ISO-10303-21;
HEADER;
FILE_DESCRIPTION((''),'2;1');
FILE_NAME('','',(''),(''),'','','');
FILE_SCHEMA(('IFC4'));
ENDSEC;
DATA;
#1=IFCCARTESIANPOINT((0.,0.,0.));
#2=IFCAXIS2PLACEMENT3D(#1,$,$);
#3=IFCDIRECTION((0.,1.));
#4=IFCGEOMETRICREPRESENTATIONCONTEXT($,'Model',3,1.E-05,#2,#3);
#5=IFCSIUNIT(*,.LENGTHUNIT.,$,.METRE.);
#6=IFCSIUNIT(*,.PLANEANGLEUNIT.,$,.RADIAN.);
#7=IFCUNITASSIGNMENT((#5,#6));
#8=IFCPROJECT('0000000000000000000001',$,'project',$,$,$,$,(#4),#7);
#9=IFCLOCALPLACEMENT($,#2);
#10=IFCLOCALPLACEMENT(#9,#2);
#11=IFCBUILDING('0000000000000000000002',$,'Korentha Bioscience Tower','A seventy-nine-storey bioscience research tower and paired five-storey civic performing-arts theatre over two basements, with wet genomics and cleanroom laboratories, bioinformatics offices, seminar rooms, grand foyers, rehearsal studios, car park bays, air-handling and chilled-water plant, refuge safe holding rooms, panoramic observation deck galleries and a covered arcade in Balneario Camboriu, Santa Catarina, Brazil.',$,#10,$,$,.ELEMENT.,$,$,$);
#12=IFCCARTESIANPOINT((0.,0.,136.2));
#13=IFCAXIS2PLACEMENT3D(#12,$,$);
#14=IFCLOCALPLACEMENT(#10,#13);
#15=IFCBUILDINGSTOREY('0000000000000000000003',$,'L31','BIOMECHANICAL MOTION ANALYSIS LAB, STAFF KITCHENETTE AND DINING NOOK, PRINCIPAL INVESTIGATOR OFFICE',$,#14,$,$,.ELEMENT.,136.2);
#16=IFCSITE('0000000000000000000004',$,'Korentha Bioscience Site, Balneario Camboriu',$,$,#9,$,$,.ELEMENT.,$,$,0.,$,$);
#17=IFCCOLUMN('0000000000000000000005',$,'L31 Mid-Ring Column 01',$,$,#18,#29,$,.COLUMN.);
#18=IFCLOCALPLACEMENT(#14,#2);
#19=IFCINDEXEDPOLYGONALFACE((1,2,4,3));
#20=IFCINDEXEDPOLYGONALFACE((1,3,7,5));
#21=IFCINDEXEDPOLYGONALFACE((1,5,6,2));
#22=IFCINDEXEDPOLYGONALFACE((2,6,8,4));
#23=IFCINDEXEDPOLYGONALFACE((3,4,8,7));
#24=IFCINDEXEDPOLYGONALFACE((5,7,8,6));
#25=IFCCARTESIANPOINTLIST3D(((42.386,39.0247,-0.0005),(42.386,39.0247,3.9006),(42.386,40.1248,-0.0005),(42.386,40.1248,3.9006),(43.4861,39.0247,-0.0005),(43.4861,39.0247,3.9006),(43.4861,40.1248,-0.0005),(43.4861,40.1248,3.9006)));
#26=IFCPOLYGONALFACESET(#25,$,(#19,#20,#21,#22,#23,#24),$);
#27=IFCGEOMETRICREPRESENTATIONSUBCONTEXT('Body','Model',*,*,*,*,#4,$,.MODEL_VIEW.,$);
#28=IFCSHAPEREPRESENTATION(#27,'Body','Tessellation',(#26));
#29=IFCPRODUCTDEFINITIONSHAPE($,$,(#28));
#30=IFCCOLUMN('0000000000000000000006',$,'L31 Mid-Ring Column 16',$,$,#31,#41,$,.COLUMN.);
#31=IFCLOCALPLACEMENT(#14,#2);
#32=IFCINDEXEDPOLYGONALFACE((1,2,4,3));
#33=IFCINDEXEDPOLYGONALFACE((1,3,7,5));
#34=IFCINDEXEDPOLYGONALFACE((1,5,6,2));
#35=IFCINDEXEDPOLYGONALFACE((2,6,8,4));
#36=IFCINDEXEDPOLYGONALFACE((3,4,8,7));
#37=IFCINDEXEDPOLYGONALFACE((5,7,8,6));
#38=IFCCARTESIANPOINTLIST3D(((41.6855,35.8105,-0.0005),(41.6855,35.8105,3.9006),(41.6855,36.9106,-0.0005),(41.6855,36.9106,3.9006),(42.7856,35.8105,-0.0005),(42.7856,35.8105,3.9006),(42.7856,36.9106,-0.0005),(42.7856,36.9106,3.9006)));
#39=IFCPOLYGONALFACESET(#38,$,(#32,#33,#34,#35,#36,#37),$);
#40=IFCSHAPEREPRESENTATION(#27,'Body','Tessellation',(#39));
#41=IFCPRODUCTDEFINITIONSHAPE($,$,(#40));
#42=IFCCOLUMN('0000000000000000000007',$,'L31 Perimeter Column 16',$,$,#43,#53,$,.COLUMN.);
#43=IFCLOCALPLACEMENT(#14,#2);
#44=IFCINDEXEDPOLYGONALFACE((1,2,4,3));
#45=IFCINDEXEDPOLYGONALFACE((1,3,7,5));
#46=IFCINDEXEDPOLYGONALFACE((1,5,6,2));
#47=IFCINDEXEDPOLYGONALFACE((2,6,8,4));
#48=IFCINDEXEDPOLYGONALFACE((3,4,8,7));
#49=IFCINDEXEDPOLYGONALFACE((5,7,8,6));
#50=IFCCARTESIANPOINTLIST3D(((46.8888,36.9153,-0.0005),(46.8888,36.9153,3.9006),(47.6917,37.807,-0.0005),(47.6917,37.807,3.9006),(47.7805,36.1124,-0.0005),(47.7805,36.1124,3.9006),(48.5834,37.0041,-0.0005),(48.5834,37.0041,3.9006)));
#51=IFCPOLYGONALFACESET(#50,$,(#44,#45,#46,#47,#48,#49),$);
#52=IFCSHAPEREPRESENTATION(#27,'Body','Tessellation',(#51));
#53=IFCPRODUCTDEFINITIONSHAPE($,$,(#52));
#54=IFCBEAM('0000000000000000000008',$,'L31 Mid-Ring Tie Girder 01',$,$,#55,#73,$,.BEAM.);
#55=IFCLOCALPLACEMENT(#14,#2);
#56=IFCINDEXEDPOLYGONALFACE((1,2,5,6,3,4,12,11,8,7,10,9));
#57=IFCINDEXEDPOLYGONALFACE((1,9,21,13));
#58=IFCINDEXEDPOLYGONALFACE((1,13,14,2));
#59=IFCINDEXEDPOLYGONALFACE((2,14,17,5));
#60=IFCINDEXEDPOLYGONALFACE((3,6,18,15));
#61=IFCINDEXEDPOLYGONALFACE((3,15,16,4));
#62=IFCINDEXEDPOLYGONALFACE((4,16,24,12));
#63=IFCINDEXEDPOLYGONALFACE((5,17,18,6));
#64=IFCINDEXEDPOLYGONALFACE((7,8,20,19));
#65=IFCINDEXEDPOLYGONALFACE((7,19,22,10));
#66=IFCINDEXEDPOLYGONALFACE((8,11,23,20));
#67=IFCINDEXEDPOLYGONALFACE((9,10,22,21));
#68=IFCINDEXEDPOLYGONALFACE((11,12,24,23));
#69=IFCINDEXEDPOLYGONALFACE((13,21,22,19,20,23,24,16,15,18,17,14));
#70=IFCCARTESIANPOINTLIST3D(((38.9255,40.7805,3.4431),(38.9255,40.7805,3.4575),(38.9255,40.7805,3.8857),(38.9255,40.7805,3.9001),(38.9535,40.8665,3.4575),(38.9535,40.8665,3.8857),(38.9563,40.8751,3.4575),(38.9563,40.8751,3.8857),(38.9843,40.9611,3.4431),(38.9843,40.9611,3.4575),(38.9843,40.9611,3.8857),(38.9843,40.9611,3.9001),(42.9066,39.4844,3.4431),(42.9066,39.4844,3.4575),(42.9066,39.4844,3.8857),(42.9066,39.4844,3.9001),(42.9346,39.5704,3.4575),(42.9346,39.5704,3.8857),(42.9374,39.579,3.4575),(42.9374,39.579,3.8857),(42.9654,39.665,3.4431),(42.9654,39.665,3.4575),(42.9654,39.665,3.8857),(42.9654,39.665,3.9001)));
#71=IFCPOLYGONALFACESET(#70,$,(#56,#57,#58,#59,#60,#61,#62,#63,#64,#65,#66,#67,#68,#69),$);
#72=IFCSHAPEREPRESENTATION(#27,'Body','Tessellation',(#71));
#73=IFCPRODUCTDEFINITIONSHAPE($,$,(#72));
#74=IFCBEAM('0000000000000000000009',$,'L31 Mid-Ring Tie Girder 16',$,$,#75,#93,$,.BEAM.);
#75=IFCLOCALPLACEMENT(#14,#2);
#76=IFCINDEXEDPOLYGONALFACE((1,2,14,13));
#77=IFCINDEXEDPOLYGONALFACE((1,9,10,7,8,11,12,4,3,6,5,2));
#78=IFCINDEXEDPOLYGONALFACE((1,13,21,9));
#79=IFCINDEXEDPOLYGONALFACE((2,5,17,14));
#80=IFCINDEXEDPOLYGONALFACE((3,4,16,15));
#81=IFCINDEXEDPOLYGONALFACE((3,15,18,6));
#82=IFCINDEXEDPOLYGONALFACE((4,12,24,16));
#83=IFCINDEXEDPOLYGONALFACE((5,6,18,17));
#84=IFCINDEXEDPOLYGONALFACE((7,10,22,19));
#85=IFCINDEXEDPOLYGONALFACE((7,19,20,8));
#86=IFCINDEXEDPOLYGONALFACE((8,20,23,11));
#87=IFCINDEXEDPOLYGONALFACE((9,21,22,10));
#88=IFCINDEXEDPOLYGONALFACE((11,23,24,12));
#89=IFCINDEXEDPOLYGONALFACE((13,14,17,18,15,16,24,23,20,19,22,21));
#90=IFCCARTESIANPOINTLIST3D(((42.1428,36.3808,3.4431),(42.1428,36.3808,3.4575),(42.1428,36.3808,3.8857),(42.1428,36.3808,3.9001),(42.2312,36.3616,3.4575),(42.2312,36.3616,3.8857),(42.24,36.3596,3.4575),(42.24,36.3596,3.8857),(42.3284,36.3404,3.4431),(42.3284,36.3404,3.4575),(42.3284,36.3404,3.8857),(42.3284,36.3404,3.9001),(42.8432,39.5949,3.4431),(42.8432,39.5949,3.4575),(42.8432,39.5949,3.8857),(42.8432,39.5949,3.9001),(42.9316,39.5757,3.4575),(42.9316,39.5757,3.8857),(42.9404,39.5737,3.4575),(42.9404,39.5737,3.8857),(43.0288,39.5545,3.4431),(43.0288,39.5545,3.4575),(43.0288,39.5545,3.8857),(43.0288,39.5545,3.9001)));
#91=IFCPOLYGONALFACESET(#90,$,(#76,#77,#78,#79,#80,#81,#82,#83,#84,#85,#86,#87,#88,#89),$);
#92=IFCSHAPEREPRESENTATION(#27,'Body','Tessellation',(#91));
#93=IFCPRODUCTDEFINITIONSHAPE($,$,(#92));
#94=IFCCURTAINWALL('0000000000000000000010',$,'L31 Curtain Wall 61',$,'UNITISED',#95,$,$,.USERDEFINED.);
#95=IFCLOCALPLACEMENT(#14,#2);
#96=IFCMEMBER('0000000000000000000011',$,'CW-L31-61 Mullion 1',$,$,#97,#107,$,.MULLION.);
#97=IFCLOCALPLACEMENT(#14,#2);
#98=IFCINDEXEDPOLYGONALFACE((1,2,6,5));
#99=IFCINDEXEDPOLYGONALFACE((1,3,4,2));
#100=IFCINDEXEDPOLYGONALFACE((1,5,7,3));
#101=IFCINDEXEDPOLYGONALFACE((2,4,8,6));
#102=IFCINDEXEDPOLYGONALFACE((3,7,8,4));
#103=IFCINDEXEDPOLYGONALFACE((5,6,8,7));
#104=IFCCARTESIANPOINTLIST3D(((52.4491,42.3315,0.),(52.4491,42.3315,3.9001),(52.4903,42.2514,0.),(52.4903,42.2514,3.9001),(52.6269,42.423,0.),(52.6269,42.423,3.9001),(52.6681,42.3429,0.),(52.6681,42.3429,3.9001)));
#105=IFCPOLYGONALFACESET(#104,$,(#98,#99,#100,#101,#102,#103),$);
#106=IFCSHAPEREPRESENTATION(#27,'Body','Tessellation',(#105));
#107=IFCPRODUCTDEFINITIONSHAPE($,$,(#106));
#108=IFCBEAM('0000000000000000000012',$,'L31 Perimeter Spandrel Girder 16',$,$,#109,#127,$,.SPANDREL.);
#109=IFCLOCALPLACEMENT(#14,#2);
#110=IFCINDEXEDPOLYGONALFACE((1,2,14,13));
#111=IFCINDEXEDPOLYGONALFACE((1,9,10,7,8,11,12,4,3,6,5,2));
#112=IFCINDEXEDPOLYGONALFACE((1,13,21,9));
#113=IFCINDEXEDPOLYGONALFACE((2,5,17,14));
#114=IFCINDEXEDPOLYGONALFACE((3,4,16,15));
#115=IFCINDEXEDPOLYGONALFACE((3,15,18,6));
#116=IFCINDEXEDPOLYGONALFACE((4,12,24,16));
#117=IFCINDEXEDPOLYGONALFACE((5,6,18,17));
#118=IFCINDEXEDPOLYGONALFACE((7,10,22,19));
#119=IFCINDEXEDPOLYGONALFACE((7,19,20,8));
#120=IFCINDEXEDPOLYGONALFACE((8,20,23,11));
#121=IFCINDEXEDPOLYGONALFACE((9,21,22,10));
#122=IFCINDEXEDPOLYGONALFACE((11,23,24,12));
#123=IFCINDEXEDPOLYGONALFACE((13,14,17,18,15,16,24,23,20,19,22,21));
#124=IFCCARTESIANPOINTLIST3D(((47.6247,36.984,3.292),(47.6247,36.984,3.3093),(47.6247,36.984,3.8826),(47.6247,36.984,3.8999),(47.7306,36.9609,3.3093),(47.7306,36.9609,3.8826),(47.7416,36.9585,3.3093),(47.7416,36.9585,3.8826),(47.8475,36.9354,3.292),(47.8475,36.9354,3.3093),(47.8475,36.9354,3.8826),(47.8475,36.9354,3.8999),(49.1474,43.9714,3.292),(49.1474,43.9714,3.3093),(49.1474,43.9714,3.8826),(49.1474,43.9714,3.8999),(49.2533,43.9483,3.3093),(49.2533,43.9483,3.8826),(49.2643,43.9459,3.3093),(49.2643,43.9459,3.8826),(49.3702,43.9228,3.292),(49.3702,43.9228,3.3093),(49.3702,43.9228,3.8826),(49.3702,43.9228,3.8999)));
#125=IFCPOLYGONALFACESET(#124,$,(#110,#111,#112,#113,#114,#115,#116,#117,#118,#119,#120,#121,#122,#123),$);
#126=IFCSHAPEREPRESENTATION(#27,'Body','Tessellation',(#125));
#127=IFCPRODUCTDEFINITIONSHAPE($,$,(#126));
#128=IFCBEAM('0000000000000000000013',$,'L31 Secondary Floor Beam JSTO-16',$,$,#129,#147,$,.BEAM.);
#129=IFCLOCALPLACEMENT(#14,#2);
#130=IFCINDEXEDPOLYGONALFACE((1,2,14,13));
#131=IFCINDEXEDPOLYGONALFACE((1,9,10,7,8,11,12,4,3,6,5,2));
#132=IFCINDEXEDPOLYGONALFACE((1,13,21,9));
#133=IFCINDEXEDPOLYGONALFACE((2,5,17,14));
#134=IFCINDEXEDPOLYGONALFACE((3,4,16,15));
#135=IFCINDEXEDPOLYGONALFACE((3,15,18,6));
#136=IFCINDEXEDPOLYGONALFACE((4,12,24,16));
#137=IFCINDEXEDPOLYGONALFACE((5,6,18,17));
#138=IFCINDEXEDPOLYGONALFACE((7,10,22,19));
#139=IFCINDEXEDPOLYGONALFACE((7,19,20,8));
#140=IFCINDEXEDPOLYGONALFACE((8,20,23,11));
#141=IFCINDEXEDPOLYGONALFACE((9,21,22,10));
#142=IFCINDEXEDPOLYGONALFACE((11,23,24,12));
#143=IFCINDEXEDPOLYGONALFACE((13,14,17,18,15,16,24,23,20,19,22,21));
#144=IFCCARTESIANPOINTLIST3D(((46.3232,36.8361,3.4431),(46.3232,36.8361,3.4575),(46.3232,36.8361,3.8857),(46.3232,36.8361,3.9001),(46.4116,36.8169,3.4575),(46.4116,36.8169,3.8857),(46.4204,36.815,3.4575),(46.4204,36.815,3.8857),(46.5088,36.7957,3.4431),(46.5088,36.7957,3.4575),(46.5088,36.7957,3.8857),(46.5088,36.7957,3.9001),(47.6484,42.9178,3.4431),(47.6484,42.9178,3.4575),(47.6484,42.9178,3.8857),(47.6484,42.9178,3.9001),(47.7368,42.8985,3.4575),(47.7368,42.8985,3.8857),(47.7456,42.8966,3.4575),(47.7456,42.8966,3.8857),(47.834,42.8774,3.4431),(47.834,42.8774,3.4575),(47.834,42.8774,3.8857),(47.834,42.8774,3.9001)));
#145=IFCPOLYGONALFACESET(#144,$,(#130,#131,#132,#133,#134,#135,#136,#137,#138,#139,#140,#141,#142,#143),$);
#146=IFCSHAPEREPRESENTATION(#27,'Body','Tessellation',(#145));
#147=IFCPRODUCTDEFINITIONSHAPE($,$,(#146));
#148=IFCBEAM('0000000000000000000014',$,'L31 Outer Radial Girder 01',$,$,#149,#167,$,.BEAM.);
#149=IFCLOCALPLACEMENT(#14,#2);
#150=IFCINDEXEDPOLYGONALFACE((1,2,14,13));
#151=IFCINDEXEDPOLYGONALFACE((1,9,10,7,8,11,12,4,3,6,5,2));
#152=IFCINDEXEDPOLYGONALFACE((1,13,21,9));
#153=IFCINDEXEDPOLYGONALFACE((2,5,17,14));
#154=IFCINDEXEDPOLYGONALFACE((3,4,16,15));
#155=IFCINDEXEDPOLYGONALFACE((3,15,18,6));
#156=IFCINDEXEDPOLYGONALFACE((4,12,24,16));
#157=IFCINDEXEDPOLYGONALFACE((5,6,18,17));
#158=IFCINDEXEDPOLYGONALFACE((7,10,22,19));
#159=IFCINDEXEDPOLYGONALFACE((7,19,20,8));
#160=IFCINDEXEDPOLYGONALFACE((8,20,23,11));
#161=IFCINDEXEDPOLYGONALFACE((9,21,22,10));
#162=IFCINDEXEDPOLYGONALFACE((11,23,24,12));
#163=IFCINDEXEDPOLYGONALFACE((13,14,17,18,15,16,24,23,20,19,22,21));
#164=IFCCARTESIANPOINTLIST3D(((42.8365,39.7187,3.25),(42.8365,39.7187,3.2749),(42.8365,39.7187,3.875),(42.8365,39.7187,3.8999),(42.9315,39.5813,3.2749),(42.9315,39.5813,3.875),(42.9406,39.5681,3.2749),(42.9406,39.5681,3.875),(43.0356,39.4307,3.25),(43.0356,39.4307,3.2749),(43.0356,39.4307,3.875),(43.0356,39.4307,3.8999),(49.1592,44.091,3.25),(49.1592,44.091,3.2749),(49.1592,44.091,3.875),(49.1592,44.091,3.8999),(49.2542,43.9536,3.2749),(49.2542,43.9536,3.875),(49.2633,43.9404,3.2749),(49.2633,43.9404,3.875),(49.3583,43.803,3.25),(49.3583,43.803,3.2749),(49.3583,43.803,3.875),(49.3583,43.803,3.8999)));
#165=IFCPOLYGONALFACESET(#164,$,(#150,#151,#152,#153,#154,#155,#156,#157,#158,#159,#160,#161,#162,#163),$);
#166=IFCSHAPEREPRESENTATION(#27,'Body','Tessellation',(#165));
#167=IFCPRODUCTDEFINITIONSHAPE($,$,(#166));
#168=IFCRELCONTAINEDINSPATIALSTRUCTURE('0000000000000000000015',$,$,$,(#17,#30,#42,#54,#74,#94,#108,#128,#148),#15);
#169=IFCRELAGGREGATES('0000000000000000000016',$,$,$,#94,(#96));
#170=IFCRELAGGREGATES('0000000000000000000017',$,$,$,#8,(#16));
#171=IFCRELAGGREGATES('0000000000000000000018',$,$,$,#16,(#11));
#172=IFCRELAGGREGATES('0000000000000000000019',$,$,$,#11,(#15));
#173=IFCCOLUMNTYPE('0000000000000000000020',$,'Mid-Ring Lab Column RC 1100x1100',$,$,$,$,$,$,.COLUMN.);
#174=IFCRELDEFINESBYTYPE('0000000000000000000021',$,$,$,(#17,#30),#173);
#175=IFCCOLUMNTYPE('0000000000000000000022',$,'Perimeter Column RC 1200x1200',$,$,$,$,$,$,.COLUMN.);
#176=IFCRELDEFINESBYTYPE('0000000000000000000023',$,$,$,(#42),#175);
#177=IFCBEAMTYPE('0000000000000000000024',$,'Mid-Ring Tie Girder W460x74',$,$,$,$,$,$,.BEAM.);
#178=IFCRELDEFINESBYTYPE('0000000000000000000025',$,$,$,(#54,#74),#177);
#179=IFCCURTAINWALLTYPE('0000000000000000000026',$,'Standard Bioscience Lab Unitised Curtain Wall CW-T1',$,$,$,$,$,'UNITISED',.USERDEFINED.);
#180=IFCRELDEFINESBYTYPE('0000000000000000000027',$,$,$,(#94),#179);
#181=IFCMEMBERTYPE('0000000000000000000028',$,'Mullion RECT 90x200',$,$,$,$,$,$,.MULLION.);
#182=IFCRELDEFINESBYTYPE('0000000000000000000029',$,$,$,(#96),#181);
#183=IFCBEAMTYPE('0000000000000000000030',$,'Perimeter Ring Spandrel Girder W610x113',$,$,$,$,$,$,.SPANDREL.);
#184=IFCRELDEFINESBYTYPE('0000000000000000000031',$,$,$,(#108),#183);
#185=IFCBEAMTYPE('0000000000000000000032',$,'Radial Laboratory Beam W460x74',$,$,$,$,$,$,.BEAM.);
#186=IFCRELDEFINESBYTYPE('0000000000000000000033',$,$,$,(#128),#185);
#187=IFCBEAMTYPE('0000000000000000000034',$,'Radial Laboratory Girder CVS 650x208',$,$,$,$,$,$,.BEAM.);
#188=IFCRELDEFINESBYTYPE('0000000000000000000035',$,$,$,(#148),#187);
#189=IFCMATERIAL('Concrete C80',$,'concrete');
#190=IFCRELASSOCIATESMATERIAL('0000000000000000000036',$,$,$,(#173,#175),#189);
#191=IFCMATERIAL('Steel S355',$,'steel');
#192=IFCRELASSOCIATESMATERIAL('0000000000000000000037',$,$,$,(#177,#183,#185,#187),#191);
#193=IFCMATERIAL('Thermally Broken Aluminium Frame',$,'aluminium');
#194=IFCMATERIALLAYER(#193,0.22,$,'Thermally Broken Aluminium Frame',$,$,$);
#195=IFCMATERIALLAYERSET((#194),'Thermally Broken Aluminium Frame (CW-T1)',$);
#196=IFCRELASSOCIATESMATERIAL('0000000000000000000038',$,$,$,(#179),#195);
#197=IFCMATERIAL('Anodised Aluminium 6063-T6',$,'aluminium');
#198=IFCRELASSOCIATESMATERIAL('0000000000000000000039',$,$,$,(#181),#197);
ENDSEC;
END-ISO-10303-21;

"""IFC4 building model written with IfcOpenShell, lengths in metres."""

from ifc_helpers import new_model, si_unit, direction, frame, origin, origin_2d, place, context, subcontext, project, spatial, rectangle, i_section, extrude, material, layer, layer_set, material_profile, profile_set, type_object, element, aggregate, save


model = new_model("IFC4")

# Units and contexts
model_context = context("Model", 3, precision=1e-05, world=origin(), true_north=direction((0.0, 1.0)))
body_context = subcontext(model_context, "Body", "Model", "MODEL_VIEW")
ifc_project = project(units=[si_unit("LENGTHUNIT", "METRE"), si_unit("PLANEANGLEUNIT", "RADIAN")], contexts=[model_context])

# Site, building, storey
site_placement = place(None, origin())
site = spatial("IfcSite", under=ifc_project, at=site_placement, Name="Korentha Bioscience Site, Balneario Camboriu", CompositionType="ELEMENT", RefElevation=0.0)
building_placement = place(site_placement, origin())
building = spatial("IfcBuilding", under=site, at=building_placement, Name="Korentha Bioscience Tower", Description="A seventy-nine-storey bioscience research tower and paired five-storey civic performing-arts theatre over two basements, with wet genomics and cleanroom laboratories, bioinformatics offices, seminar rooms, grand foyers, rehearsal studios, car park bays, air-handling and chilled-water plant, refuge safe holding rooms, panoramic observation deck galleries and a covered arcade in Balneario Camboriu, Santa Catarina, Brazil.", CompositionType="ELEMENT")
storey_placement = place(building_placement, frame((0.0, 0.0, 136.2)))
storey = spatial("IfcBuildingStorey", under=building, at=storey_placement, Name="L31", Description="BIOMECHANICAL MOTION ANALYSIS LAB, STAFF KITCHENETTE AND DINING NOOK, PRINCIPAL INVESTIGATOR OFFICE", CompositionType="ELEMENT", Elevation=136.2)

# Columns
ifc_material_1 = material(Name="Concrete C80", Category="concrete")
ifc_material_profile_1 = material_profile(ifc_material_1, rectangle(XDim=1.1001, YDim=1.1001, at=origin_2d()), Name="Concrete C80")
ifc_profile_set_1 = profile_set([ifc_material_profile_1], Name="Concrete C80 (COL-MR11)")
column_type_1 = type_object("IfcColumnType", Name="Mid-Ring Lab Column RC 1100x1100", PredefinedType="COLUMN", material=ifc_profile_set_1)
for number, where, z_axis, x_axis, name in (
    (1, (42.936, 39.5747, -0.0005), (0.0, 0.0, 1.0), (1.0, 0.0, 0.0), "L31 Mid-Ring Column 01"),
    (2, (42.2356, 36.3606, -0.0005), (0.0, 0.0, 1.0), (1.0, 0.0, 0.0), "L31 Mid-Ring Column 16"),
):
    element("IfcColumn", number, at=place(storey_placement, frame(where, z_axis=z_axis, x_axis=x_axis)), inside=storey, type_object=column_type_1, Name=name, PredefinedType="COLUMN", context=body_context, shape_type="SweptSolid", body=[
        extrude(rectangle(XDim=1.1001, YDim=1.1001, at=origin_2d()), origin(), (0.0, 0.0, 1.0), 3.9011),
    ])
ifc_material_profile_2 = material_profile(ifc_material_1, rectangle(XDim=1.2, YDim=1.2, at=origin_2d()), Name="Concrete C80")
ifc_profile_set_2 = profile_set([ifc_material_profile_2], Name="Concrete C80 (COL-P12)")
column_type_2 = type_object("IfcColumnType", Name="Perimeter Column RC 1200x1200", PredefinedType="COLUMN", material=ifc_profile_set_2)
column_placement = place(storey_placement, frame((47.7361, 36.9597, -0.0005), z_axis=(0.0, 0.0, 1.0), x_axis=(0.669131, 0.743145, 0.0)))
element("IfcColumn", 3, at=column_placement, inside=storey, type_object=column_type_2, Name="L31 Perimeter Column 16", PredefinedType="COLUMN", context=body_context, shape_type="SweptSolid", body=[
    extrude(rectangle(XDim=1.2, YDim=1.2, at=origin_2d()), origin(), (0.0, 0.0, 1.0), 3.9011),
])

# Beams
ifc_material_2 = material(Name="Steel S355", Category="steel")
ifc_material_profile_3 = material_profile(ifc_material_2, i_section(OverallWidth=0.1899, OverallDepth=0.457, WebThickness=0.009, FlangeThickness=0.0144, at=origin_2d()), Name="Steel S355")
ifc_profile_set_3 = profile_set([ifc_material_profile_3], Name="Steel S355 (MB-460)")
beam_type_1 = type_object("IfcBeamType", Name="Mid-Ring Tie Girder W460x74", PredefinedType="BEAM", material=ifc_profile_set_3)
beam_1_placement = place(storey_placement, frame((42.936, 39.5747, 3.6716), z_axis=(-0.950876, 0.309573, 0.0), x_axis=(-0.309573, -0.950876, 0.0)))
element("IfcBeam", 4, at=beam_1_placement, inside=storey, type_object=beam_type_1, Name="L31 Mid-Ring Tie Girder 01", PredefinedType="BEAM", context=body_context, shape_type="SweptSolid", body=[
    extrude(i_section(OverallWidth=0.1899, OverallDepth=0.457, WebThickness=0.009, FlangeThickness=0.0144, at=origin_2d()), origin(), (0.0, 0.0, 1.0), 4.1868),
])
beam_2_placement = place(storey_placement, frame((42.2356, 36.3606, 3.6716), z_axis=(0.212929, 0.977068, 0.0), x_axis=(-0.977068, 0.212929, 0.0)))
element("IfcBeam", 5, at=beam_2_placement, inside=storey, type_object=beam_type_1, Name="L31 Mid-Ring Tie Girder 16", PredefinedType="BEAM", context=body_context, shape_type="SweptSolid", body=[
    extrude(i_section(OverallWidth=0.1899, OverallDepth=0.457, WebThickness=0.009, FlangeThickness=0.0144, at=origin_2d()), origin(), (0.0, 0.0, 1.0), 3.2896),
])

# Curtain wall, member
ifc_material_3 = material(Name="Thermally Broken Aluminium Frame", Category="aluminium")
ifc_layer_1 = layer(ifc_material_3, 0.22, Name="Thermally Broken Aluminium Frame")
ifc_layer_set_1 = layer_set([ifc_layer_1], Name="Thermally Broken Aluminium Frame (CW-T1)")
curtain_wall_type = type_object("IfcCurtainWallType", Name="Standard Bioscience Lab Unitised Curtain Wall CW-T1", ElementType="UNITISED", PredefinedType="USERDEFINED", material=ifc_layer_set_1)
curtain_wall_placement = place(storey_placement, origin())
curtain_wall = element("IfcCurtainWall", 6, at=curtain_wall_placement, inside=storey, type_object=curtain_wall_type, Name="L31 Curtain Wall 61", ObjectType="UNITISED", PredefinedType="USERDEFINED")
ifc_material_4 = material(Name="Anodised Aluminium 6063-T6", Category="aluminium")
ifc_material_profile_4 = material_profile(ifc_material_4, rectangle(XDim=0.0901, YDim=0.2, at=origin_2d()), Name="Anodised Aluminium 6063-T6")
ifc_profile_set_4 = profile_set([ifc_material_profile_4], Name="Anodised Aluminium 6063-T6 (CW-MUL)")
member_type_1 = type_object("IfcMemberType", Name="Mullion RECT 90x200", PredefinedType="MULLION", material=ifc_profile_set_4)
member_1_placement = place(storey_placement, frame((52.5586, 42.3372, 0.0), z_axis=(0.0, 0.0, 1.0), x_axis=(-0.457613, 0.889151, 0.0)))
member_1 = element("IfcMember", 7, at=member_1_placement, type_object=member_type_1, Name="CW-L31-61 Mullion 1", PredefinedType="MULLION", context=body_context, shape_type="SweptSolid", body=[
    extrude(rectangle(XDim=0.0901, YDim=0.2, at=origin_2d()), origin(), (0.0, 0.0, 1.0), 3.9001),
])

# Beams
ifc_material_profile_5 = material_profile(ifc_material_2, i_section(OverallWidth=0.228, OverallDepth=0.6079, WebThickness=0.0112, FlangeThickness=0.0173, at=origin_2d()), Name="Steel S355")
ifc_profile_set_5 = profile_set([ifc_material_profile_5], Name="Steel S355 (SB-610)")
beam_type_2 = type_object("IfcBeamType", Name="Perimeter Ring Spandrel Girder W610x113", PredefinedType="SPANDREL", material=ifc_profile_set_5)
beam_3_placement = place(storey_placement, frame((47.7361, 36.9597, 3.5959), z_axis=(0.212927, 0.977068, 0.0), x_axis=(-0.977068, 0.212927, 0.0)))
element("IfcBeam", 8, at=beam_3_placement, inside=storey, type_object=beam_type_2, Name="L31 Perimeter Spandrel Girder 16", PredefinedType="SPANDREL", context=body_context, shape_type="SweptSolid", body=[
    extrude(i_section(OverallWidth=0.228, OverallDepth=0.6079, WebThickness=0.0112, FlangeThickness=0.0173, at=origin_2d()), origin(), (0.0, 0.0, 1.0), 7.1514),
])
ifc_material_profile_6 = material_profile(ifc_material_2, i_section(OverallWidth=0.1899, OverallDepth=0.457, WebThickness=0.009, FlangeThickness=0.0144, at=origin_2d()), Name="Steel S355")
ifc_profile_set_6 = profile_set([ifc_material_profile_6], Name="Steel S355 (RB-460)")
beam_type_3 = type_object("IfcBeamType", Name="Radial Laboratory Beam W460x74", PredefinedType="BEAM", material=ifc_profile_set_6)
beam_4_placement = place(storey_placement, frame((46.416, 36.8159, 3.6716), z_axis=(0.212908, 0.977072, 0.0), x_axis=(-0.977072, 0.212908, 0.0)))
element("IfcBeam", 9, at=beam_4_placement, inside=storey, type_object=beam_type_3, Name="L31 Secondary Floor Beam JSTO-16", PredefinedType="BEAM", context=body_context, shape_type="SweptSolid", body=[
    extrude(i_section(OverallWidth=0.1899, OverallDepth=0.457, WebThickness=0.009, FlangeThickness=0.0144, at=origin_2d()), origin(), (0.0, 0.0, 1.0), 6.2244),
])
ifc_material_profile_7 = material_profile(ifc_material_2, i_section(OverallWidth=0.3501, OverallDepth=0.6499, WebThickness=0.0161, FlangeThickness=0.0249, at=origin_2d()), Name="Steel S355")
ifc_profile_set_7 = profile_set([ifc_material_profile_7], Name="Steel S355 (RB-650)")
beam_type_4 = type_object("IfcBeamType", Name="Radial Laboratory Girder CVS 650x208", PredefinedType="BEAM", material=ifc_profile_set_7)
beam_5_placement = place(storey_placement, frame((42.936, 39.5747, 3.575), z_axis=(0.822495, 0.568772, 0.0), x_axis=(-0.568772, 0.822495, 0.0)))
element("IfcBeam", 10, at=beam_5_placement, inside=storey, type_object=beam_type_4, Name="L31 Outer Radial Girder 01", PredefinedType="BEAM", context=body_context, shape_type="SweptSolid", body=[
    extrude(i_section(OverallWidth=0.3501, OverallDepth=0.6499, WebThickness=0.0161, FlangeThickness=0.0249, at=origin_2d()), origin(), (0.0, 0.0, 1.0), 7.6873),
])

aggregate(curtain_wall, [member_1])

save(model, "model.ifc")
